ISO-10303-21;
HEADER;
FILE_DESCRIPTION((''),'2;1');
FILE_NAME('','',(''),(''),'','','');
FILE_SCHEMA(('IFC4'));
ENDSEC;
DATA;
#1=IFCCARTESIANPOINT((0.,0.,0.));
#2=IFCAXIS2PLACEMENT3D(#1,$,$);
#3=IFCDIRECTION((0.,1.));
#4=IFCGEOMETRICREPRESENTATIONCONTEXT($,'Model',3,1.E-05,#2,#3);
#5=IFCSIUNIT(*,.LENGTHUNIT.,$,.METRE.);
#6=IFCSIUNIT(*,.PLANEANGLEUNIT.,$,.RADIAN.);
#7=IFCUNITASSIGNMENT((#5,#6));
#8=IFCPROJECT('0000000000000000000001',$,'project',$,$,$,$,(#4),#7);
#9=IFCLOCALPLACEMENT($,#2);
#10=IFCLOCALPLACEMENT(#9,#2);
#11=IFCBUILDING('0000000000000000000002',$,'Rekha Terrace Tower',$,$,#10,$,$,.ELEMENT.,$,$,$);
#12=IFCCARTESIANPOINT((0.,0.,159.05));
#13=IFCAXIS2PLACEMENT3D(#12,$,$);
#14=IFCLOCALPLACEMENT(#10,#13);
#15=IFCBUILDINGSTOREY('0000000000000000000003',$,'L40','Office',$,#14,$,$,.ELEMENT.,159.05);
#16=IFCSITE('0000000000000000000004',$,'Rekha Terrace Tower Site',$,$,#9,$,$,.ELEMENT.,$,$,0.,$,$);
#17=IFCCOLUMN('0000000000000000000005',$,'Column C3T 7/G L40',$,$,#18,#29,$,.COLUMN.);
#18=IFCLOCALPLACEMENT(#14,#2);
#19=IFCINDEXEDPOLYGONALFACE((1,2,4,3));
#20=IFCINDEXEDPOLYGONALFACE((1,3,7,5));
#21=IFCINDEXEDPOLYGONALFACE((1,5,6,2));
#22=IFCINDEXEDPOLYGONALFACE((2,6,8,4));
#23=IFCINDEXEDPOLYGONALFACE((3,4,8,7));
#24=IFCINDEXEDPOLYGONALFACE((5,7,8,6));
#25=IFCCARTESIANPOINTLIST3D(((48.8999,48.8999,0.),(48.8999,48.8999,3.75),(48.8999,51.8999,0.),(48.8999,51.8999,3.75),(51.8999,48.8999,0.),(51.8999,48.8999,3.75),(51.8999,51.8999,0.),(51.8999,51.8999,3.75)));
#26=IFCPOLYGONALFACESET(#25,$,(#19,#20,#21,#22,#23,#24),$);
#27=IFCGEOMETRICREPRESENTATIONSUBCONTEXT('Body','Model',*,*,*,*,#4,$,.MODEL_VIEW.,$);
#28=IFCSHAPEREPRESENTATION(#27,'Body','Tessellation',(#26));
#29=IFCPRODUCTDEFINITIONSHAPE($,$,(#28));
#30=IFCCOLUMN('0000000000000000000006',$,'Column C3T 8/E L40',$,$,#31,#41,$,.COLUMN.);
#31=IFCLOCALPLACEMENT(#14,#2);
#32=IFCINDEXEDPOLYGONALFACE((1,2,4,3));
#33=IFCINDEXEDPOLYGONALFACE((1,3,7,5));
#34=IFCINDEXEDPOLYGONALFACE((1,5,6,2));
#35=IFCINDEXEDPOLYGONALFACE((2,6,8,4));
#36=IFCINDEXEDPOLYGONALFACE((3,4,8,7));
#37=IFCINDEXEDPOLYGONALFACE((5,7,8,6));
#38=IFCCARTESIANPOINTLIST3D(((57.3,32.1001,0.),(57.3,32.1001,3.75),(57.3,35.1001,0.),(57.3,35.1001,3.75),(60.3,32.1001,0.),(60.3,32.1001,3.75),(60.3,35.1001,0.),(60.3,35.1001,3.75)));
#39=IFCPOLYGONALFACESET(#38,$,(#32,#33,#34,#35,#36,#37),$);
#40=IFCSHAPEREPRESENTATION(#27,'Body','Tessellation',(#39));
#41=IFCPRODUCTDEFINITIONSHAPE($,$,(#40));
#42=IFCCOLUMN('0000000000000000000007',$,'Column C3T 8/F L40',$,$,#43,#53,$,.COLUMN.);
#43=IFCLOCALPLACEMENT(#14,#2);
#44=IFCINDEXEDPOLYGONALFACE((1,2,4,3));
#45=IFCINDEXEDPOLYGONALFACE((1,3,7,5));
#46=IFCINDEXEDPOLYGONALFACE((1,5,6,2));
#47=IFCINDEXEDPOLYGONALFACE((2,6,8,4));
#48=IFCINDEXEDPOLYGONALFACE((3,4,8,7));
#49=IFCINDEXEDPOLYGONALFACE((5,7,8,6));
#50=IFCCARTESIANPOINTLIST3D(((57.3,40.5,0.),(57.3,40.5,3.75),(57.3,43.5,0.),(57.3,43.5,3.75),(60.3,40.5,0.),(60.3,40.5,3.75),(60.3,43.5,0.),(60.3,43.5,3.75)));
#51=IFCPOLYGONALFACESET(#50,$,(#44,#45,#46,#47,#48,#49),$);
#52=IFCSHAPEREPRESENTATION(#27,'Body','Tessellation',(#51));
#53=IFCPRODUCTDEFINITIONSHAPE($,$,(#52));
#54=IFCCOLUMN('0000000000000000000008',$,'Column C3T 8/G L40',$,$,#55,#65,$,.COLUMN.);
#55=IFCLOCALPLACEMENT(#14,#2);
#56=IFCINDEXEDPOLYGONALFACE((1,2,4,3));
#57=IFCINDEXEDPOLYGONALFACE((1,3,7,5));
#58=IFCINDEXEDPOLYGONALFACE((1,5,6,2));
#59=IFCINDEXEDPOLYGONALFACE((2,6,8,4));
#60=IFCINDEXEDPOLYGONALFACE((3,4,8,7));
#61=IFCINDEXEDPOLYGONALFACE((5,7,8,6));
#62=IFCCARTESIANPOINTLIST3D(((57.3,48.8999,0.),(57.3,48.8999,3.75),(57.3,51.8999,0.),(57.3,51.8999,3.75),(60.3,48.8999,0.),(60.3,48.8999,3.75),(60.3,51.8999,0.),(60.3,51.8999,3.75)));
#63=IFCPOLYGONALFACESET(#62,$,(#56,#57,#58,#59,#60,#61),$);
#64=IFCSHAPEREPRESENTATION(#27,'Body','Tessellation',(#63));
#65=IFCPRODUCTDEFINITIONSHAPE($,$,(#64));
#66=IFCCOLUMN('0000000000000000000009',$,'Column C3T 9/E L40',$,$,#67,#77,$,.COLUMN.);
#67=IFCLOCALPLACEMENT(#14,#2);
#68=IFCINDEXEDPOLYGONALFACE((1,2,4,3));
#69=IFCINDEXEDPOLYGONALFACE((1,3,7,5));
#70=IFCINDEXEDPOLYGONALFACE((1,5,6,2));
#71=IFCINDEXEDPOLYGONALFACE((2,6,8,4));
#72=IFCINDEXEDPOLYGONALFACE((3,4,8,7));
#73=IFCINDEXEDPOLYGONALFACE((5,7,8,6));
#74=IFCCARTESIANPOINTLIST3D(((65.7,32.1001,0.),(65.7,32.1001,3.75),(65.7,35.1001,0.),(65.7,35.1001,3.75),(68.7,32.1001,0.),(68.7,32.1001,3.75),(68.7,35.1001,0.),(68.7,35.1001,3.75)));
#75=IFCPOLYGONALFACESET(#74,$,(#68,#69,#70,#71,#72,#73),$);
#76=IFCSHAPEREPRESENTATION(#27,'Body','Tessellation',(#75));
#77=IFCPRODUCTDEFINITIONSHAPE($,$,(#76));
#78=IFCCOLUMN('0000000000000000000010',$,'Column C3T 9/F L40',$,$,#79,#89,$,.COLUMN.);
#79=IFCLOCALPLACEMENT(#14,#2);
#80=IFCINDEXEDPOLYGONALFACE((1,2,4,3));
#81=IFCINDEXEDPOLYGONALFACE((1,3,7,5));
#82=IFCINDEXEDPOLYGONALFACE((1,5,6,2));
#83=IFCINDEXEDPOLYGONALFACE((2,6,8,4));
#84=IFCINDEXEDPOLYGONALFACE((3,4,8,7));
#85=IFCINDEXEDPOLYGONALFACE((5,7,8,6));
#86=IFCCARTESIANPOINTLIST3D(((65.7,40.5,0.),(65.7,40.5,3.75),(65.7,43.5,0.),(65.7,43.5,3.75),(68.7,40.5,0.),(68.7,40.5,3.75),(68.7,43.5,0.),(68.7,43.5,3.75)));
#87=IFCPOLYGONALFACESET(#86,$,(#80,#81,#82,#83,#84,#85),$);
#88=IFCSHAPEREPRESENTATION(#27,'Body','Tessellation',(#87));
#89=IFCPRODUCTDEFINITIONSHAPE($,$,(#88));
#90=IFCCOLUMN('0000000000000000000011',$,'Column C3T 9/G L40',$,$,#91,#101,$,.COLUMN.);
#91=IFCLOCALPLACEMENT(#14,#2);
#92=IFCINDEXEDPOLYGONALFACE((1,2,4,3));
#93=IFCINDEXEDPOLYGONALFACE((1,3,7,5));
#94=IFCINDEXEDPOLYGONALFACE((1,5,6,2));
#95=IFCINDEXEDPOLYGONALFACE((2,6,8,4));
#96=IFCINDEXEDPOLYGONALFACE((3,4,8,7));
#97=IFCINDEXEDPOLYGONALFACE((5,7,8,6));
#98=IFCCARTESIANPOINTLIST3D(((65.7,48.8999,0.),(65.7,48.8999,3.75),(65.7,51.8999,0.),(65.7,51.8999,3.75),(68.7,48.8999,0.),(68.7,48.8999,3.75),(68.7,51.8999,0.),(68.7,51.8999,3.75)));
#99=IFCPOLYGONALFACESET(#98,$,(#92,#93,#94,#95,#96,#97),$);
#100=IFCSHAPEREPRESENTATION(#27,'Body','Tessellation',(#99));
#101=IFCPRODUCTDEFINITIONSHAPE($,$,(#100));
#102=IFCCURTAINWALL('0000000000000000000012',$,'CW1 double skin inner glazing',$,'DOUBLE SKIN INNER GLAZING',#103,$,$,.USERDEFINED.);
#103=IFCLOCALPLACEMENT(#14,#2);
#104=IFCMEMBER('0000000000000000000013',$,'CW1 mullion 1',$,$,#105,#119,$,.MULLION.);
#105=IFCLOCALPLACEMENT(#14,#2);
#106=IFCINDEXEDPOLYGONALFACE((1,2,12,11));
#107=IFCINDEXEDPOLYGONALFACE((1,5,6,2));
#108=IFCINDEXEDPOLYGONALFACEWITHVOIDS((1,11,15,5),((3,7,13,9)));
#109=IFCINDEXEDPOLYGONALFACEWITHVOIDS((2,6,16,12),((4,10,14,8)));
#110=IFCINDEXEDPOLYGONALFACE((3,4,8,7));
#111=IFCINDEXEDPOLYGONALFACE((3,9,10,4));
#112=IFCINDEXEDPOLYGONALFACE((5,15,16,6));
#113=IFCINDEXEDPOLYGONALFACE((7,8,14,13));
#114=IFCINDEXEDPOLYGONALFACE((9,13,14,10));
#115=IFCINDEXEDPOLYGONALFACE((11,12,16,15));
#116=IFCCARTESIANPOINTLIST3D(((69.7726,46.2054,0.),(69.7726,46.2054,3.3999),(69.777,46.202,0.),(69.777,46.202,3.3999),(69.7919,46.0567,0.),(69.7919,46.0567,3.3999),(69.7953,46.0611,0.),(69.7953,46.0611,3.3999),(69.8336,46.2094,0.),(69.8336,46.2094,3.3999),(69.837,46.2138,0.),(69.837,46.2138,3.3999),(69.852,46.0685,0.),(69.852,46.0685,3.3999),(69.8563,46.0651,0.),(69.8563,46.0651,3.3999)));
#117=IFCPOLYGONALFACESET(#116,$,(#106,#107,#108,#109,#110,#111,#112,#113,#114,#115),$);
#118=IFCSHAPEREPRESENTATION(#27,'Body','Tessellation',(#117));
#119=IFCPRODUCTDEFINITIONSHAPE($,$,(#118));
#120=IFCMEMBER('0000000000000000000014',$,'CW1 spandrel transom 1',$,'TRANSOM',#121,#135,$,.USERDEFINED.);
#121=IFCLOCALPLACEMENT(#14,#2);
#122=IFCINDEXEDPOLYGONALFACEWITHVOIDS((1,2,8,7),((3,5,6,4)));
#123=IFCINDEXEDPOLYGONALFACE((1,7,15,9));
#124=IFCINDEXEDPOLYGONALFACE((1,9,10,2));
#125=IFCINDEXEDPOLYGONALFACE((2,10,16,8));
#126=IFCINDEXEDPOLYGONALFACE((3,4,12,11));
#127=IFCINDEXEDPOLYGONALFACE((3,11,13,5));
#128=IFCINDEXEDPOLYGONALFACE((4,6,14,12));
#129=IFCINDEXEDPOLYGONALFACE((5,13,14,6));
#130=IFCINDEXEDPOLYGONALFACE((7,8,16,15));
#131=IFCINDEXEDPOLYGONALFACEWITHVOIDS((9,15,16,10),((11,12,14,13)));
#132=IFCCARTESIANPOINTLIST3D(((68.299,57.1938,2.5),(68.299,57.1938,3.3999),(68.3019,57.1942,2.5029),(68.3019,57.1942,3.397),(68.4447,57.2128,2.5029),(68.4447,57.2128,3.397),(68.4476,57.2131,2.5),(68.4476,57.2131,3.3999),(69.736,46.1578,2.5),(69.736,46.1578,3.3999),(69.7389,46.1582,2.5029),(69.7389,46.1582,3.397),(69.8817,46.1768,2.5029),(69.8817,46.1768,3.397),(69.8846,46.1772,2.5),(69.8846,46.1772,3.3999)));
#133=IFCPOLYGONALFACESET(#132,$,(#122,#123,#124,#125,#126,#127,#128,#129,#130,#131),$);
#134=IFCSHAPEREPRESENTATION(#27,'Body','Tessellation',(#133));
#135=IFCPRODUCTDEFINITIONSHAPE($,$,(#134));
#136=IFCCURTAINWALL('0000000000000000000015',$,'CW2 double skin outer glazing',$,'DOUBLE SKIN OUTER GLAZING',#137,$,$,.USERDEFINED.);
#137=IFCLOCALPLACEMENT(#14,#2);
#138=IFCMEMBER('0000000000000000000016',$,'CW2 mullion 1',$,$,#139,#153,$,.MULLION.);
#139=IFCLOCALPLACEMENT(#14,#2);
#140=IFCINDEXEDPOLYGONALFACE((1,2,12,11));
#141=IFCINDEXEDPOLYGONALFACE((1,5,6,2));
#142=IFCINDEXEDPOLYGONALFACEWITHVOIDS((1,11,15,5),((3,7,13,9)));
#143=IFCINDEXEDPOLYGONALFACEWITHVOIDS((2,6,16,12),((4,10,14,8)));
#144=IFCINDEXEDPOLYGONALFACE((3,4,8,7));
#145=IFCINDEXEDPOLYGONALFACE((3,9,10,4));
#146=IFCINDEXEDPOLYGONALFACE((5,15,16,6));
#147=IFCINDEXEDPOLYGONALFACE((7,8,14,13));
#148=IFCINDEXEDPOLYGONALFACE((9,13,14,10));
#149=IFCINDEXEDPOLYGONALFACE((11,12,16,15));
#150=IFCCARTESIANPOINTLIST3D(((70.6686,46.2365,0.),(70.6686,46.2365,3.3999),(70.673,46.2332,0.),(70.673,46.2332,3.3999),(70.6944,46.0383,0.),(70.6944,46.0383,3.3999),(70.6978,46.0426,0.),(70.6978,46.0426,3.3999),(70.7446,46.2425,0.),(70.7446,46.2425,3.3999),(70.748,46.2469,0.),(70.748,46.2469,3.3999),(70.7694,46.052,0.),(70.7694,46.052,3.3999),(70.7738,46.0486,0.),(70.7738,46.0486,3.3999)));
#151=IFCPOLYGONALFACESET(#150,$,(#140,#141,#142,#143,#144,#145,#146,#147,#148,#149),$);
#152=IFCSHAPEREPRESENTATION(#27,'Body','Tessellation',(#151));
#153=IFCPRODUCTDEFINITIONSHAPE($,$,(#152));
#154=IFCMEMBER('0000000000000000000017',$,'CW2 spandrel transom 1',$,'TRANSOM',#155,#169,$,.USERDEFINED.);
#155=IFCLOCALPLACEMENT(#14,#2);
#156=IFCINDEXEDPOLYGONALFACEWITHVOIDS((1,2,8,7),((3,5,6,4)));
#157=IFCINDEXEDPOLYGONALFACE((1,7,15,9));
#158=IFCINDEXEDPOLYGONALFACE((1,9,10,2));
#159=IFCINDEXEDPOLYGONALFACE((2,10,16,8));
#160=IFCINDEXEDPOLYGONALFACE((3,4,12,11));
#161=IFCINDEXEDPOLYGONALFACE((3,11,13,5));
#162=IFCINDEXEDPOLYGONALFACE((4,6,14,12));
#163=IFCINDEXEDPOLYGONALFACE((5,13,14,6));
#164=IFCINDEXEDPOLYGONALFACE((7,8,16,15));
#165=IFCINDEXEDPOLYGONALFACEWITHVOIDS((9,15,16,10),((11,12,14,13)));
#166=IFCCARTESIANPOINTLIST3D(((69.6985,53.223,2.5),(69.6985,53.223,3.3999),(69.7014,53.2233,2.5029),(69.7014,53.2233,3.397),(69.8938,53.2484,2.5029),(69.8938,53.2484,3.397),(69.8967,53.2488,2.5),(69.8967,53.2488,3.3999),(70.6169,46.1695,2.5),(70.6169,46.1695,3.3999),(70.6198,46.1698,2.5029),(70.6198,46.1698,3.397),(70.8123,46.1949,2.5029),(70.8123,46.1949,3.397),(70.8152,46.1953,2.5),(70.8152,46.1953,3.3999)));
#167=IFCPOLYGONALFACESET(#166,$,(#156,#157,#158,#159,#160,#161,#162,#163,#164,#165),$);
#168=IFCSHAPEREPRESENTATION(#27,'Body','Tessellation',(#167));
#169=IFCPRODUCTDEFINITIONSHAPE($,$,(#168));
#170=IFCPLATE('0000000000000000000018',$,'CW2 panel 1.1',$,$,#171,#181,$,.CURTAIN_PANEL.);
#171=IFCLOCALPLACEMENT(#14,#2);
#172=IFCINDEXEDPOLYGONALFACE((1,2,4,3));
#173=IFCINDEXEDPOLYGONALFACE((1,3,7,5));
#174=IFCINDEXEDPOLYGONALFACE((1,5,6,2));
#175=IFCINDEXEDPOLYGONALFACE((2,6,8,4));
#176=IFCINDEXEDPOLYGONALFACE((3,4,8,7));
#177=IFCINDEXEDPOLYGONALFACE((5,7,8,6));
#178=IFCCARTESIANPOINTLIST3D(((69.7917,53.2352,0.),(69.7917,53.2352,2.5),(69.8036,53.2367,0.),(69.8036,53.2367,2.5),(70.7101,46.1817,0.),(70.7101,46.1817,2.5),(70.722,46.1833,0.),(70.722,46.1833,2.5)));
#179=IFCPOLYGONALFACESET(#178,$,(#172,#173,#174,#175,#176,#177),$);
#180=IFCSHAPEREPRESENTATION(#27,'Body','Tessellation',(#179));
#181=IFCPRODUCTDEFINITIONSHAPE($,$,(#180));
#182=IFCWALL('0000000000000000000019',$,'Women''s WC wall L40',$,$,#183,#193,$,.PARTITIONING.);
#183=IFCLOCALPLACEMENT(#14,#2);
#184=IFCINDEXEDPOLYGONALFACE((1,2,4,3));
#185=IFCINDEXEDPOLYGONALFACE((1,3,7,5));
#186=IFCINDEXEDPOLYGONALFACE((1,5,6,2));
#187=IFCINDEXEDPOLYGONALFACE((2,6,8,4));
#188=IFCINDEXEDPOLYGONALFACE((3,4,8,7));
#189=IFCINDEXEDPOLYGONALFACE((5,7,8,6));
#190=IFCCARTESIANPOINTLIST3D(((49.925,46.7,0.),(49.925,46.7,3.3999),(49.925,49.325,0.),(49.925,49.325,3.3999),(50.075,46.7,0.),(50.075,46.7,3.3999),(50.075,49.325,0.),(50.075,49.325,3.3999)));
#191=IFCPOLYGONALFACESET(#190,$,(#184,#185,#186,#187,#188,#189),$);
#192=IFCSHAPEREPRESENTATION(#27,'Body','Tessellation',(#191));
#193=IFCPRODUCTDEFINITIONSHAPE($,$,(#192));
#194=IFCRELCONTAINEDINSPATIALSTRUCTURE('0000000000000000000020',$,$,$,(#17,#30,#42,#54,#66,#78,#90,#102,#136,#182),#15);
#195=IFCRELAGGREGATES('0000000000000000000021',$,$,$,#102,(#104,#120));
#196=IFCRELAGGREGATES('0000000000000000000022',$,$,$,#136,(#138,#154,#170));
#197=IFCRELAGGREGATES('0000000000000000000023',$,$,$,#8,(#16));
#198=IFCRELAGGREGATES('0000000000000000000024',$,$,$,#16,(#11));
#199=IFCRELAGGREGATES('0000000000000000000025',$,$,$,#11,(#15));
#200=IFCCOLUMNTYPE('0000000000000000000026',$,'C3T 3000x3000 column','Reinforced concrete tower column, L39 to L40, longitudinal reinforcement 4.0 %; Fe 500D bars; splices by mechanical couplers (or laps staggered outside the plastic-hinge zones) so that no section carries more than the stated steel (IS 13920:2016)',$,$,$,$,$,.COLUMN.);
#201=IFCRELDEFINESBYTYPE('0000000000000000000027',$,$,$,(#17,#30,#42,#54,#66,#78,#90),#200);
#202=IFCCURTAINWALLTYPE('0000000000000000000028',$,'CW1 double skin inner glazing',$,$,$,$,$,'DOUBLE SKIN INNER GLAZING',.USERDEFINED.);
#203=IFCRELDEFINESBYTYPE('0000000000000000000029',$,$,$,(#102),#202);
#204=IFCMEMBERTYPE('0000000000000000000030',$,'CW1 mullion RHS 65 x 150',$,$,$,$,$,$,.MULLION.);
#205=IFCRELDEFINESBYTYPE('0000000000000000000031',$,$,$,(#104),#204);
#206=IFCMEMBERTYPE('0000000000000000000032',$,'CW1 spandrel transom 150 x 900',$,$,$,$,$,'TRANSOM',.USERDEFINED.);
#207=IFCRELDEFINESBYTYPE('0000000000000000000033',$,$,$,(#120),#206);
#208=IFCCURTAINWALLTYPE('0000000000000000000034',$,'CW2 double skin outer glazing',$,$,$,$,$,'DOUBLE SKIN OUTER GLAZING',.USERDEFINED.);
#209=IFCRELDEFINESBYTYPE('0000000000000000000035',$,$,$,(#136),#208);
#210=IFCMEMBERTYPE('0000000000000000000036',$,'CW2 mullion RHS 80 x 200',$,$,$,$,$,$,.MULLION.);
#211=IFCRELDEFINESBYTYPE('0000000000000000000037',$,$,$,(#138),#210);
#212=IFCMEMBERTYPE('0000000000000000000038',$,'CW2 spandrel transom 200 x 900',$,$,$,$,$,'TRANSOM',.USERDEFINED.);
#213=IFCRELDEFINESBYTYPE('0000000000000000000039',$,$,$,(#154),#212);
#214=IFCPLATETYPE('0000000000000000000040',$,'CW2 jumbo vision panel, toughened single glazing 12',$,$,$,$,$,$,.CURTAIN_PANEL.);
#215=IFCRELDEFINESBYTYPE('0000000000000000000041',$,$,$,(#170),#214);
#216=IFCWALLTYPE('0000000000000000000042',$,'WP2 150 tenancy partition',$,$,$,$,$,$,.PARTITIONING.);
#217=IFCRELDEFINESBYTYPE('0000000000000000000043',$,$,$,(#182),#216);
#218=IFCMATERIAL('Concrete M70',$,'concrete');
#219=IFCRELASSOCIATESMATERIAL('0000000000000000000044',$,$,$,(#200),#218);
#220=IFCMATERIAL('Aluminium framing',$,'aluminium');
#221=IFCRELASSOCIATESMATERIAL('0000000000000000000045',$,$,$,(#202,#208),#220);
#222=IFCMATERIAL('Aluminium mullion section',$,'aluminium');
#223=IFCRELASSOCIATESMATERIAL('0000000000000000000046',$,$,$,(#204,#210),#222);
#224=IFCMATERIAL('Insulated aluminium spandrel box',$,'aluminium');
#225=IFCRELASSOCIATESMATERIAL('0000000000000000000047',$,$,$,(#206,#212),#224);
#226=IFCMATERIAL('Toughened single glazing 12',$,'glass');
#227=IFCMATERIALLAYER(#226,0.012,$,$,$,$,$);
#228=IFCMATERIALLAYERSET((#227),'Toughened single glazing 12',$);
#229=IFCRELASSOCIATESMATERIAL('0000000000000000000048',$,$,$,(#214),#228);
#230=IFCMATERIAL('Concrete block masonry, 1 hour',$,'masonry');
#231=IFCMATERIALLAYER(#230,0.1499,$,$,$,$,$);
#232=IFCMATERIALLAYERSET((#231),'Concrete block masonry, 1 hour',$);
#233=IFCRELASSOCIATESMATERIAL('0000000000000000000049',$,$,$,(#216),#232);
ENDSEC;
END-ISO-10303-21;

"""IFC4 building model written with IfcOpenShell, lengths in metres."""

from ifc_helpers import new_model, si_unit, direction, frame, frame_2d, origin, origin_2d, place, context, subcontext, project, spatial, rectangle, hollow_rectangle, extrude, material, layer, layer_set, material_profile, profile_set, type_object, element, aggregate, save


model = new_model("IFC4")

# Units and contexts
model_context = context("Model", 3, precision=1e-05, world=origin(), true_north=direction((0.0, 1.0)))
body_context = subcontext(model_context, "Body", "Model", "MODEL_VIEW")
ifc_project = project(units=[si_unit("LENGTHUNIT", "METRE"), si_unit("PLANEANGLEUNIT", "RADIAN")], contexts=[model_context])

# Site, building, storey
site_placement = place(None, origin())
site = spatial("IfcSite", under=ifc_project, at=site_placement, Name="Rekha Terrace Tower Site", CompositionType="ELEMENT", RefElevation=0.0)
building_placement = place(site_placement, origin())
building = spatial("IfcBuilding", under=site, at=building_placement, Name="Rekha Terrace Tower", CompositionType="ELEMENT")
storey_placement = place(building_placement, frame((0.0, 0.0, 159.05)))
storey = spatial("IfcBuildingStorey", under=building, at=storey_placement, Name="L40", Description="Office", CompositionType="ELEMENT", Elevation=159.05)

# Columns
ifc_material_1 = material(Name="Concrete M70", Category="concrete")
ifc_material_profile_1 = material_profile(ifc_material_1, rectangle(XDim=3.0, YDim=3.0, at=origin_2d()), Name="RC 3000x3000")
ifc_profile_set_1 = profile_set([ifc_material_profile_1], Name="Concrete M70")
column_type = type_object("IfcColumnType", Name="C3T 3000x3000 column", Description="Reinforced concrete tower column, L39 to L40, longitudinal reinforcement 4.0 %; Fe 500D bars; splices by mechanical couplers (or laps staggered outside the plastic-hinge zones) so that no section carries more than the stated steel (IS 13920:2016)", PredefinedType="COLUMN", material=ifc_profile_set_1)
for number, where, z_axis, x_axis, name in (
    (1, (50.3999, 50.3999, 0.0), (0.0, 0.0, 1.0), (1.0, 0.0, 0.0), "Column C3T 7/G L40"),
    (2, (58.8, 33.6001, 0.0), (0.0, 0.0, 1.0), (1.0, 0.0, 0.0), "Column C3T 8/E L40"),
    (3, (58.8, 42.0, 0.0), (0.0, 0.0, 1.0), (1.0, 0.0, 0.0), "Column C3T 8/F L40"),
    (4, (58.8, 50.3999, 0.0), (0.0, 0.0, 1.0), (1.0, 0.0, 0.0), "Column C3T 8/G L40"),
    (5, (67.2, 33.6001, 0.0), (0.0, 0.0, 1.0), (1.0, 0.0, 0.0), "Column C3T 9/E L40"),
    (6, (67.2, 42.0, 0.0), (0.0, 0.0, 1.0), (1.0, 0.0, 0.0), "Column C3T 9/F L40"),
    (7, (67.2, 50.3999, 0.0), (0.0, 0.0, 1.0), (1.0, 0.0, 0.0), "Column C3T 9/G L40"),
):
    element("IfcColumn", number, at=place(storey_placement, frame(where, z_axis=z_axis, x_axis=x_axis)), inside=storey, type_object=column_type, Name=name, PredefinedType="COLUMN", context=body_context, shape_type="SweptSolid", body=[
        extrude(rectangle(XDim=3.0, YDim=3.0, at=origin_2d()), origin(), (0.0, 0.0, 1.0), 3.75),
    ])

# Curtain wall, members
ifc_material_2 = material(Name="Aluminium framing", Category="aluminium")
curtain_wall_type_1 = type_object("IfcCurtainWallType", Name="CW1 double skin inner glazing", ElementType="DOUBLE SKIN INNER GLAZING", PredefinedType="USERDEFINED", material=ifc_material_2)
curtain_wall_1_placement = place(storey_placement, origin())
curtain_wall_1 = element("IfcCurtainWall", 8, at=curtain_wall_1_placement, inside=storey, type_object=curtain_wall_type_1, Name="CW1 double skin inner glazing", ObjectType="DOUBLE SKIN INNER GLAZING", PredefinedType="USERDEFINED")
ifc_material_3 = material(Name="Aluminium mullion section", Category="aluminium")
ifc_material_profile_2 = material_profile(ifc_material_3, hollow_rectangle(XDim=0.0649, YDim=0.1499, WallThickness=0.0039, at=origin_2d()), Name="AL RHS 65x150")
ifc_profile_set_2 = profile_set([ifc_material_profile_2], Name="Aluminium mullion section")
member_type_1 = type_object("IfcMemberType", Name="CW1 mullion RHS 65 x 150", PredefinedType="MULLION", material=ifc_profile_set_2)
member_1_placement = place(storey_placement, frame((69.8145, 46.1353, 0.0), z_axis=(0.0, 0.0, 1.0), x_axis=(-0.991629, -0.129118, 0.0)))
member_1 = element("IfcMember", 9, at=member_1_placement, type_object=member_type_1, Name="CW1 mullion 1", PredefinedType="MULLION", context=body_context, shape_type="SweptSolid", body=[
    extrude(hollow_rectangle(XDim=0.0649, YDim=0.1499, WallThickness=0.0039, at=origin_2d()), origin(), (0.0, 0.0, 1.0), 3.3999),
])
ifc_material_4 = material(Name="Insulated aluminium spandrel box", Category="aluminium")
ifc_material_profile_3 = material_profile(ifc_material_4, hollow_rectangle(XDim=0.1499, YDim=0.8999, WallThickness=0.0029, at=origin_2d()), Name="AL SPANDREL BOX 150x900")
ifc_profile_set_3 = profile_set([ifc_material_profile_3], Name="Insulated aluminium spandrel box")
member_type_2 = type_object("IfcMemberType", Name="CW1 spandrel transom 150 x 900", ElementType="TRANSOM", PredefinedType="USERDEFINED", material=ifc_profile_set_3)
member_2_placement = place(storey_placement, frame((69.8103, 46.1675, 2.95), z_axis=(-0.129123, 0.991629, 0.0), x_axis=(-0.991629, -0.129123, 0.0)))
member_2 = element("IfcMember", 10, at=member_2_placement, type_object=member_type_2, Name="CW1 spandrel transom 1", ObjectType="TRANSOM", PredefinedType="USERDEFINED", context=body_context, shape_type="SweptSolid", body=[
    extrude(hollow_rectangle(XDim=0.1499, YDim=0.8999, WallThickness=0.0029, at=origin_2d()), origin(), (0.0, 0.0, 1.0), 11.1292),
])
aggregate(curtain_wall_1, [member_1, member_2])

# Curtain wall, members, plate
curtain_wall_type_2 = type_object("IfcCurtainWallType", Name="CW2 double skin outer glazing", ElementType="DOUBLE SKIN OUTER GLAZING", PredefinedType="USERDEFINED", material=ifc_material_2)
curtain_wall_2_placement = place(storey_placement, origin())
curtain_wall_2 = element("IfcCurtainWall", 11, at=curtain_wall_2_placement, inside=storey, type_object=curtain_wall_type_2, Name="CW2 double skin outer glazing", ObjectType="DOUBLE SKIN OUTER GLAZING", PredefinedType="USERDEFINED")
ifc_material_profile_4 = material_profile(ifc_material_3, hollow_rectangle(XDim=0.0801, YDim=0.2, WallThickness=0.0039, at=origin_2d()), Name="AL RHS 80x200")
ifc_profile_set_4 = profile_set([ifc_material_profile_4], Name="Aluminium mullion section")
member_type_3 = type_object("IfcMemberType", Name="CW2 mullion RHS 80 x 200", PredefinedType="MULLION", material=ifc_profile_set_4)
member_3_placement = place(storey_placement, frame((70.7212, 46.1426, 0.0), z_axis=(0.0, 0.0, 1.0), x_axis=(-0.991629, -0.129118, 0.0)))
member_3 = element("IfcMember", 12, at=member_3_placement, type_object=member_type_3, Name="CW2 mullion 1", PredefinedType="MULLION", context=body_context, shape_type="SweptSolid", body=[
    extrude(hollow_rectangle(XDim=0.0801, YDim=0.2, WallThickness=0.0039, at=origin_2d()), origin(), (0.0, 0.0, 1.0), 3.3999),
])
ifc_material_profile_5 = material_profile(ifc_material_4, hollow_rectangle(XDim=0.2, YDim=0.8999, WallThickness=0.0029, at=origin_2d()), Name="AL SPANDREL BOX 200x900")
ifc_profile_set_5 = profile_set([ifc_material_profile_5], Name="Insulated aluminium spandrel box")
member_type_4 = type_object("IfcMemberType", Name="CW2 spandrel transom 200 x 900", ElementType="TRANSOM", PredefinedType="USERDEFINED", material=ifc_profile_set_5)
member_4_placement = place(storey_placement, frame((70.7161, 46.1824, 2.95), z_axis=(-0.129123, 0.991629, 0.0), x_axis=(-0.991629, -0.129123, 0.0)))
member_4 = element("IfcMember", 13, at=member_4_placement, type_object=member_type_4, Name="CW2 spandrel transom 1", ObjectType="TRANSOM", PredefinedType="USERDEFINED", context=body_context, shape_type="SweptSolid", body=[
    extrude(hollow_rectangle(XDim=0.2, YDim=0.8999, WallThickness=0.0029, at=origin_2d()), origin(), (0.0, 0.0, 1.0), 7.113),
])
ifc_material_5 = material(Name="Toughened single glazing 12", Category="glass")
ifc_layer_1 = layer(ifc_material_5, 0.012)
ifc_layer_set_1 = layer_set([ifc_layer_1], Name="Toughened single glazing 12")
plate_type = type_object("IfcPlateType", Name="CW2 jumbo vision panel, toughened single glazing 12", PredefinedType="CURTAIN_PANEL", material=ifc_layer_set_1)
plate_placement = place(storey_placement, frame((70.2568, 49.7092, 0.0), z_axis=(0.0, 0.0, 1.0), x_axis=(-0.129118, 0.991629, 0.0)))
plate = element("IfcPlate", 14, at=plate_placement, type_object=plate_type, Name="CW2 panel 1.1", PredefinedType="CURTAIN_PANEL", context=body_context, shape_type="SweptSolid", body=[
    extrude(rectangle(XDim=7.113, YDim=0.012, at=origin_2d()), origin(), (0.0, 0.0, 1.0), 2.5),
])
aggregate(curtain_wall_2, [member_3, member_4, plate])

# Wall
ifc_material_6 = material(Name="Concrete block masonry, 1 hour", Category="masonry")
ifc_layer_2 = layer(ifc_material_6, 0.1499)
ifc_layer_set_2 = layer_set([ifc_layer_2], Name="Concrete block masonry, 1 hour")
wall_type_1 = type_object("IfcWallType", Name="WP2 150 tenancy partition", PredefinedType="PARTITIONING", material=ifc_layer_set_2)
wall_1_placement = place(storey_placement, frame((50.0, 46.7, 0.0), z_axis=(0.0, 0.0, 1.0), x_axis=(0.0, 1.0, 0.0)))
element("IfcWall", 15, at=wall_1_placement, inside=storey, type_object=wall_type_1, Name="Women's WC wall L40", PredefinedType="PARTITIONING", context=body_context, shape_type="SweptSolid", body=[
    extrude(rectangle(XDim=2.625, YDim=0.1499, at=frame_2d((1.3125, 0.0))), origin(), (0.0, 0.0, 1.0), 3.3999),
])

save(model, "model.ifc")
